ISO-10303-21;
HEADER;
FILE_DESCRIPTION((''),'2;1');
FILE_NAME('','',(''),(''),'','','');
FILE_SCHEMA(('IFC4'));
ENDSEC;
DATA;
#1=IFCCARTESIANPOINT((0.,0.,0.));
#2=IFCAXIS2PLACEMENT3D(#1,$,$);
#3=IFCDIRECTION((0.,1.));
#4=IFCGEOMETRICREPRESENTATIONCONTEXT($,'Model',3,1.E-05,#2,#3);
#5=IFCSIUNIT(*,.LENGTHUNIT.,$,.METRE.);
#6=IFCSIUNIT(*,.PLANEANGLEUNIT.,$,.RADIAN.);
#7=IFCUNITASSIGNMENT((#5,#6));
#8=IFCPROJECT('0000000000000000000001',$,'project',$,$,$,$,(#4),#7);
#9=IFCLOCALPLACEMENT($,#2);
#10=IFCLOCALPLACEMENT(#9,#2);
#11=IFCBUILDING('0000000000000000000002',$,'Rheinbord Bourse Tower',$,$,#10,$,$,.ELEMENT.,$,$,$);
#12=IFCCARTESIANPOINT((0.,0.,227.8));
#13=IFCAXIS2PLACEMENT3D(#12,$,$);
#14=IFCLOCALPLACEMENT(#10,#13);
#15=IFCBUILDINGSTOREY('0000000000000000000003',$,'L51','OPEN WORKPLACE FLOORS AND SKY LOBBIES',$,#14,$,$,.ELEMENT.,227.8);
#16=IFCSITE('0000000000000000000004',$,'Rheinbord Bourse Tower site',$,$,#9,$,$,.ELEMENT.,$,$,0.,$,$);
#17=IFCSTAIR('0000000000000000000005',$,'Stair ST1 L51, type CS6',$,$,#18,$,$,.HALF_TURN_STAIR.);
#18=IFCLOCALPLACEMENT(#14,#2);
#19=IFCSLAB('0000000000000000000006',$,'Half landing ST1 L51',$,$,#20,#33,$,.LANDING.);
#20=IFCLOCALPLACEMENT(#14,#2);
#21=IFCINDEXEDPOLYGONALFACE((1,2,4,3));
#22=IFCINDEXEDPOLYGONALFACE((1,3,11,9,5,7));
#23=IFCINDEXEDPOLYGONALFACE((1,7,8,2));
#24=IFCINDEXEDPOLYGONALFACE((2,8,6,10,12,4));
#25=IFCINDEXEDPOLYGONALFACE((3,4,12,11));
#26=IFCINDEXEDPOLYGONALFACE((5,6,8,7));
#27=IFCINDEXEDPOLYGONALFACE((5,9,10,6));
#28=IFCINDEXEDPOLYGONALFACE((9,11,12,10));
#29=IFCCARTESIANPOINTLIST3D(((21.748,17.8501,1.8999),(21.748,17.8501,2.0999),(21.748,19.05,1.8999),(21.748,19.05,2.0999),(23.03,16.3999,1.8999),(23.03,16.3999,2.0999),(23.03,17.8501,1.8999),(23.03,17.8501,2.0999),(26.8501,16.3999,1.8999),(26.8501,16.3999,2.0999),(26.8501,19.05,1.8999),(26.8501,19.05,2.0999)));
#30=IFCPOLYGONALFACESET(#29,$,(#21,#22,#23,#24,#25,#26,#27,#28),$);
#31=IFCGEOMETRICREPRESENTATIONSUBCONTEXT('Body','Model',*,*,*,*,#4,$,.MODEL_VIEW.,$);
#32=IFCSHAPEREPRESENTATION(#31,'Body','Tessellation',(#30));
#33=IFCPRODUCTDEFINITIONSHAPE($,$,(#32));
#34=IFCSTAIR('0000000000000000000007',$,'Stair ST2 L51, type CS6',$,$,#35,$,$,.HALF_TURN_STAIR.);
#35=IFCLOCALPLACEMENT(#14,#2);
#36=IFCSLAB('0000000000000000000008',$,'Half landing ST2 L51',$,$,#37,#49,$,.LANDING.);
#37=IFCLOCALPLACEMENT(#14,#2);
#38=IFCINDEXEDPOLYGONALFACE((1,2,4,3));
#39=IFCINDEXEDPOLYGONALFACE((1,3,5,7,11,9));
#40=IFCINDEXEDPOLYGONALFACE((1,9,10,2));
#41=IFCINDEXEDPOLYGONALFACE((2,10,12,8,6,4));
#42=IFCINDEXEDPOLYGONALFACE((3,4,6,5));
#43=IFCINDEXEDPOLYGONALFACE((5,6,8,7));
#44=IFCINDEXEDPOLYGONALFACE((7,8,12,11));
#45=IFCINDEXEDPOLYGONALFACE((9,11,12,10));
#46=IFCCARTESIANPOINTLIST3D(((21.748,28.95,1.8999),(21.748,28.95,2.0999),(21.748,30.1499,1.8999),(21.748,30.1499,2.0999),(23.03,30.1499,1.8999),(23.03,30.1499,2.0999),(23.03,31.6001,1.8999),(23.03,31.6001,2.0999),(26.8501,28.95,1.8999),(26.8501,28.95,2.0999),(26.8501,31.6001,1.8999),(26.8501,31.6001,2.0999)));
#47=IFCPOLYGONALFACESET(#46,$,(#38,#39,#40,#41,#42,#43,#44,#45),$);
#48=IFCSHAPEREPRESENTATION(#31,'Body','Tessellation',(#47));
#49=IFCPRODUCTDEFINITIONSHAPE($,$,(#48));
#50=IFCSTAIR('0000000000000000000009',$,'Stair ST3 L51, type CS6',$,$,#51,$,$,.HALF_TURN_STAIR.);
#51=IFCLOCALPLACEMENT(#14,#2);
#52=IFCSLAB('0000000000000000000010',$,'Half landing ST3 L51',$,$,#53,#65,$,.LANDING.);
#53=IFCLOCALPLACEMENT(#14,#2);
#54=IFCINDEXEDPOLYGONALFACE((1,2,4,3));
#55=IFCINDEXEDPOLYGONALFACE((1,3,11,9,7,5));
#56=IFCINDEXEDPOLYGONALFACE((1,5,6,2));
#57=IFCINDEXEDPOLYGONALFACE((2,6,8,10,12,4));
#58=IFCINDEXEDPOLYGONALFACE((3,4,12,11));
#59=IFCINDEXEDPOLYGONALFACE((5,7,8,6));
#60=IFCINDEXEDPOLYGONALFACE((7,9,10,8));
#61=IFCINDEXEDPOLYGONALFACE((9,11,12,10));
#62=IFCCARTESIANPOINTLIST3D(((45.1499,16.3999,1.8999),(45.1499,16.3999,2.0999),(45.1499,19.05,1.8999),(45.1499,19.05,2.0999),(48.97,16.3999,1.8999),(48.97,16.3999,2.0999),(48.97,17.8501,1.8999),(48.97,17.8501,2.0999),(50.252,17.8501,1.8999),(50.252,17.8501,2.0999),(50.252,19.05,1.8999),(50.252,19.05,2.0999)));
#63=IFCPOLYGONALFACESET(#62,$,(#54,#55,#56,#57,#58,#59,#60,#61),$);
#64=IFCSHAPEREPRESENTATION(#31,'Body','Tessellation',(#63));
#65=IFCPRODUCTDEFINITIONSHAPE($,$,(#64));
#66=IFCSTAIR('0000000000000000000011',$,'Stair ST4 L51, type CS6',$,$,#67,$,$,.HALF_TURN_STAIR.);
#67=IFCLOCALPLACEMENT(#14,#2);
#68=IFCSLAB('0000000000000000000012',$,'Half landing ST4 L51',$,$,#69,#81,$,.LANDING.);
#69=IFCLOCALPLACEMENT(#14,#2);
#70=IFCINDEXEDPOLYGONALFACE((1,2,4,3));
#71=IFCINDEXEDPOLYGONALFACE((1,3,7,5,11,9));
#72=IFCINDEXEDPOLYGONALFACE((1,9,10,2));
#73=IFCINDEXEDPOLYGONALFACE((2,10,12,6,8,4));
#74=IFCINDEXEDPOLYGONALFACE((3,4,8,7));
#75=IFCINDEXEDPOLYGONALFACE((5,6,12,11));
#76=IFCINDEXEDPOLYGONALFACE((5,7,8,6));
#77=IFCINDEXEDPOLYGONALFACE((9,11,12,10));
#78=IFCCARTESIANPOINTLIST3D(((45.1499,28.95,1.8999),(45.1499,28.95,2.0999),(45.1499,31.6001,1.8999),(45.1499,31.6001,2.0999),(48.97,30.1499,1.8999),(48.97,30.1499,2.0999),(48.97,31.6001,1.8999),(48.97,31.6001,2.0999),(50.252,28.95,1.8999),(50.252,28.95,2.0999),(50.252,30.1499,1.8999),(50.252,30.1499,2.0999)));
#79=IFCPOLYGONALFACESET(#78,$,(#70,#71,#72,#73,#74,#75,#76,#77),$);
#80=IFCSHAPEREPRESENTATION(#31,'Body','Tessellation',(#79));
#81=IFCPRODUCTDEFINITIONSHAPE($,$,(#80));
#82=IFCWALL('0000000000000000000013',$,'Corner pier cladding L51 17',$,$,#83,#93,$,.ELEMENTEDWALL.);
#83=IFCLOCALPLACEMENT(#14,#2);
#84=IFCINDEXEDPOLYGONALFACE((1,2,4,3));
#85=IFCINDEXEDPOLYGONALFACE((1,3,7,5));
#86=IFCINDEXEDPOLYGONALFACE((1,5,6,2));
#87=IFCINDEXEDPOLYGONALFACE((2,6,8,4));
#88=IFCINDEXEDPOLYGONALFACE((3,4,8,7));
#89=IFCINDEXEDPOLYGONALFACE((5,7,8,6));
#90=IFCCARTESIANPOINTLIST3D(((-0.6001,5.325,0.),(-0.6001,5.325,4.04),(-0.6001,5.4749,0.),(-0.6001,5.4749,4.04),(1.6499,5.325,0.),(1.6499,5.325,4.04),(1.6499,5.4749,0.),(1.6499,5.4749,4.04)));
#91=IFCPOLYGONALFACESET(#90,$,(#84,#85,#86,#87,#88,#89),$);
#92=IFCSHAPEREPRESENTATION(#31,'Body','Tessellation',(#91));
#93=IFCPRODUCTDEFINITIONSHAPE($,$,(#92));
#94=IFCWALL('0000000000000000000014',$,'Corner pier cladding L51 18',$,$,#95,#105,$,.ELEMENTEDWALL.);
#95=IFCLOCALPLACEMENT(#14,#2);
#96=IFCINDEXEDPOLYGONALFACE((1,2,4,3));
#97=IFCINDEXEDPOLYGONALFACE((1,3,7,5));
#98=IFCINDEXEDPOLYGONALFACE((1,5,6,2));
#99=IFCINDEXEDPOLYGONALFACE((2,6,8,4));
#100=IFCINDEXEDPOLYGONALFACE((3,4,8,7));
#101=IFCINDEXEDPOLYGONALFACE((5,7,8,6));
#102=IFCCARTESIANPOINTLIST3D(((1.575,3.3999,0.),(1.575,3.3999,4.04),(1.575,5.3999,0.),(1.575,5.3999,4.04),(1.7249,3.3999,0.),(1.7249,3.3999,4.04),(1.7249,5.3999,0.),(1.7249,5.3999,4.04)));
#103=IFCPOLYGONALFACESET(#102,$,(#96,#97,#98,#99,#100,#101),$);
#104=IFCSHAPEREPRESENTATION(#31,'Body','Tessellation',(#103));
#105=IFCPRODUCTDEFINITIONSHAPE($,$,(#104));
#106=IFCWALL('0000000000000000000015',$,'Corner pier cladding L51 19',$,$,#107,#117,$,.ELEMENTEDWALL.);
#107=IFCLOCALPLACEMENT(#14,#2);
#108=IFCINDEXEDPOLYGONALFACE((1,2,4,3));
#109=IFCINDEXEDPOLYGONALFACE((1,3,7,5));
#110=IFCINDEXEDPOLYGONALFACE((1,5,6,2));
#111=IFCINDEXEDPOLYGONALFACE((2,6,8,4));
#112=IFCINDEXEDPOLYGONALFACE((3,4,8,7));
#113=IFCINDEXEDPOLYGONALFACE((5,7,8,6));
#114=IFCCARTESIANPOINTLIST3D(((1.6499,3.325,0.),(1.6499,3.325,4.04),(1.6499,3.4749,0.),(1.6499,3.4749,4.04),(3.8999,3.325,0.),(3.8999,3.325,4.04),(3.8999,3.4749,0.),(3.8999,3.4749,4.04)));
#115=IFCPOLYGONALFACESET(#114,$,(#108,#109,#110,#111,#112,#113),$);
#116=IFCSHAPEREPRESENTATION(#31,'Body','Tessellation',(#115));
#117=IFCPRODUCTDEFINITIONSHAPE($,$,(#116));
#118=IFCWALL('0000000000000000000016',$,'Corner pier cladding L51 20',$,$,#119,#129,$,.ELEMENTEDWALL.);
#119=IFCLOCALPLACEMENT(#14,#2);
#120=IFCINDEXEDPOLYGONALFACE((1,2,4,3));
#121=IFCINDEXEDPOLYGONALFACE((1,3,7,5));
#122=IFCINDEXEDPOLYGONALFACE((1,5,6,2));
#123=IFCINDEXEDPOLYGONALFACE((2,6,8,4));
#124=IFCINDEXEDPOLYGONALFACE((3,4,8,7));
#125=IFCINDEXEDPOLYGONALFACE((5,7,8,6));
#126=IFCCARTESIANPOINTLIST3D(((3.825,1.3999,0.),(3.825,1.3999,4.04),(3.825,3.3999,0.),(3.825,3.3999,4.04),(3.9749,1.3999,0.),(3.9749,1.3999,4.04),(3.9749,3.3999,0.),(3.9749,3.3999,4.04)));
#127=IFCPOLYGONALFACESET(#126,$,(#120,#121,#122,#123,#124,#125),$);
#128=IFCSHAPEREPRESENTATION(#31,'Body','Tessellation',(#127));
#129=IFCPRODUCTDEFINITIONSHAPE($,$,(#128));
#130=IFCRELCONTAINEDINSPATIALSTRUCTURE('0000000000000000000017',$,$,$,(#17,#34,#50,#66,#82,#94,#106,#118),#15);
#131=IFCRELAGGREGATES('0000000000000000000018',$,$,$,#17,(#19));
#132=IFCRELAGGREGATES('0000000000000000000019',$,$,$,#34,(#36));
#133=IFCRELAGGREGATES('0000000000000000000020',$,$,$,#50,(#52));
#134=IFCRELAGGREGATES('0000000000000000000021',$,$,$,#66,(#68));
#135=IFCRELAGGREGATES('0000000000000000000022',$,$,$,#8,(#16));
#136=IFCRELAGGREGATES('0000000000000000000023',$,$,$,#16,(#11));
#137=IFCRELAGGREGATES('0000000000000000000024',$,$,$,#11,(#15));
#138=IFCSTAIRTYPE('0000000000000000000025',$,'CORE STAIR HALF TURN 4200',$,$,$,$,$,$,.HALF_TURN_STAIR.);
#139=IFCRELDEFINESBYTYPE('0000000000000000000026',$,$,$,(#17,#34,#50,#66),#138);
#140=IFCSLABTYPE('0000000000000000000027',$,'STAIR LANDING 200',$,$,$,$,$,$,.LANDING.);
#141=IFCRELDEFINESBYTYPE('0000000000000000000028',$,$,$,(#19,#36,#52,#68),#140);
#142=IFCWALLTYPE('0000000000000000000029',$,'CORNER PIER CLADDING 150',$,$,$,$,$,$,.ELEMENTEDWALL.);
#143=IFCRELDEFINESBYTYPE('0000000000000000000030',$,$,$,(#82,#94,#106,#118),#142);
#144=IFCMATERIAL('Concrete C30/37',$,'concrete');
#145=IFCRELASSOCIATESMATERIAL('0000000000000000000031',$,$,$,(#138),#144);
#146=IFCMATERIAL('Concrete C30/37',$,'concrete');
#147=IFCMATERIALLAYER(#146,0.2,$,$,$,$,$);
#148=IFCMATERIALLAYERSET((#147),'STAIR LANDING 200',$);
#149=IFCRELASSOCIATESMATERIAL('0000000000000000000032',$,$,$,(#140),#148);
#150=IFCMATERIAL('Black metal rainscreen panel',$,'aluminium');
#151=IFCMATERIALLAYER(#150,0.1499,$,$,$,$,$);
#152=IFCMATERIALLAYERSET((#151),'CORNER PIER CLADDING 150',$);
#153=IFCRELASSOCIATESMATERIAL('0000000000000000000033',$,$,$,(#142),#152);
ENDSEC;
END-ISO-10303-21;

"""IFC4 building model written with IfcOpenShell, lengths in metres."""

from ifc_helpers import new_model, si_unit, direction, frame, frame_2d, origin, place, context, subcontext, project, spatial, polyline, rectangle, outline, extrude, material, layer, layer_set, type_object, element, aggregate, save


model = new_model("IFC4")

# Units and contexts
model_context = context("Model", 3, precision=1e-05, world=origin(), true_north=direction((0.0, 1.0)))
body_context = subcontext(model_context, "Body", "Model", "MODEL_VIEW")
ifc_project = project(units=[si_unit("LENGTHUNIT", "METRE"), si_unit("PLANEANGLEUNIT", "RADIAN")], contexts=[model_context])

# Site, building, storey
site_placement = place(None, origin())
site = spatial("IfcSite", under=ifc_project, at=site_placement, Name="Rheinbord Bourse Tower site", CompositionType="ELEMENT", RefElevation=0.0)
building_placement = place(site_placement, origin())
building = spatial("IfcBuilding", under=site, at=building_placement, Name="Rheinbord Bourse Tower", CompositionType="ELEMENT")
storey_placement = place(building_placement, frame((0.0, 0.0, 227.8)))
storey = spatial("IfcBuildingStorey", under=building, at=storey_placement, Name="L51", Description="OPEN WORKPLACE FLOORS AND SKY LOBBIES", CompositionType="ELEMENT", Elevation=227.8)

# Stairs, slabs
ifc_material_1 = material(Name="Concrete C30/37", Category="concrete")
stair_type = type_object("IfcStairType", Name="CORE STAIR HALF TURN 4200", PredefinedType="HALF_TURN_STAIR", material=ifc_material_1)
stair_1_placement = place(storey_placement, origin())
stair_1 = element("IfcStair", 1, at=stair_1_placement, inside=storey, type_object=stair_type, Name="Stair ST1 L51, type CS6", PredefinedType="HALF_TURN_STAIR")
ifc_material_2 = material(Name="Concrete C30/37", Category="concrete")
ifc_layer_1 = layer(ifc_material_2, 0.2)
ifc_layer_set_1 = layer_set([ifc_layer_1], Name="STAIR LANDING 200")
slab_type_1 = type_object("IfcSlabType", Name="STAIR LANDING 200", PredefinedType="LANDING", material=ifc_layer_set_1)
slab_1_placement = place(storey_placement, frame((0.0, 0.0, 1.8999)))
slab_1 = element("IfcSlab", 2, at=slab_1_placement, type_object=slab_type_1, Name="Half landing ST1 L51", PredefinedType="LANDING", context=body_context, shape_type="SweptSolid", body=[
    extrude(outline(polyline([(23.03, 16.3999), (26.8501, 16.3999), (26.8501, 19.05), (21.748, 19.05), (21.748, 17.8501), (23.03, 17.8501), (23.03, 16.3999)])), origin(), (0.0, 0.0, 1.0), 0.2),
])
aggregate(stair_1, [slab_1])
stair_2_placement = place(storey_placement, origin())
stair_2 = element("IfcStair", 3, at=stair_2_placement, inside=storey, type_object=stair_type, Name="Stair ST2 L51, type CS6", PredefinedType="HALF_TURN_STAIR")
slab_2_placement = place(storey_placement, frame((0.0, 0.0, 1.8999)))
slab_2 = element("IfcSlab", 4, at=slab_2_placement, type_object=slab_type_1, Name="Half landing ST2 L51", PredefinedType="LANDING", context=body_context, shape_type="SweptSolid", body=[
    extrude(outline(polyline([(21.748, 28.95), (26.8501, 28.95), (26.8501, 31.6001), (23.03, 31.6001), (23.03, 30.1499), (21.748, 30.1499), (21.748, 28.95)])), origin(), (0.0, 0.0, 1.0), 0.2),
])
aggregate(stair_2, [slab_2])
stair_3_placement = place(storey_placement, origin())
stair_3 = element("IfcStair", 5, at=stair_3_placement, inside=storey, type_object=stair_type, Name="Stair ST3 L51, type CS6", PredefinedType="HALF_TURN_STAIR")
slab_3_placement = place(storey_placement, frame((0.0, 0.0, 1.8999)))
slab_3 = element("IfcSlab", 6, at=slab_3_placement, type_object=slab_type_1, Name="Half landing ST3 L51", PredefinedType="LANDING", context=body_context, shape_type="SweptSolid", body=[
    extrude(outline(polyline([(45.1499, 16.3999), (48.97, 16.3999), (48.97, 17.8501), (50.252, 17.8501), (50.252, 19.05), (45.1499, 19.05), (45.1499, 16.3999)])), origin(), (0.0, 0.0, 1.0), 0.2),
])
aggregate(stair_3, [slab_3])
stair_4_placement = place(storey_placement, origin())
stair_4 = element("IfcStair", 7, at=stair_4_placement, inside=storey, type_object=stair_type, Name="Stair ST4 L51, type CS6", PredefinedType="HALF_TURN_STAIR")
slab_4_placement = place(storey_placement, frame((0.0, 0.0, 1.8999)))
slab_4 = element("IfcSlab", 8, at=slab_4_placement, type_object=slab_type_1, Name="Half landing ST4 L51", PredefinedType="LANDING", context=body_context, shape_type="SweptSolid", body=[
    extrude(outline(polyline([(45.1499, 28.95), (50.252, 28.95), (50.252, 30.1499), (48.97, 30.1499), (48.97, 31.6001), (45.1499, 31.6001), (45.1499, 28.95)])), origin(), (0.0, 0.0, 1.0), 0.2),
])
aggregate(stair_4, [slab_4])

# Walls
ifc_material_3 = material(Name="Black metal rainscreen panel", Category="aluminium")
ifc_layer_2 = layer(ifc_material_3, 0.1499)
ifc_layer_set_2 = layer_set([ifc_layer_2], Name="CORNER PIER CLADDING 150")
wall_type = type_object("IfcWallType", Name="CORNER PIER CLADDING 150", PredefinedType="ELEMENTEDWALL", material=ifc_layer_set_2)
wall_1_placement = place(storey_placement, frame((-0.6001, 5.3999, 0.0), z_axis=(0.0, 0.0, 1.0), x_axis=(1.0, 0.0, 0.0)))
element("IfcWall", 9, at=wall_1_placement, inside=storey, type_object=wall_type, Name="Corner pier cladding L51 17", PredefinedType="ELEMENTEDWALL", context=body_context, shape_type="SweptSolid", body=[
    extrude(rectangle(XDim=2.25, YDim=0.1499, at=frame_2d((1.125, 0.0))), origin(), (0.0, 0.0, 1.0), 4.04),
])
wall_2_placement = place(storey_placement, frame((1.6499, 5.3999, 0.0), z_axis=(0.0, 0.0, 1.0), x_axis=(0.0, -1.0, 0.0)))
element("IfcWall", 10, at=wall_2_placement, inside=storey, type_object=wall_type, Name="Corner pier cladding L51 18", PredefinedType="ELEMENTEDWALL", context=body_context, shape_type="SweptSolid", body=[
    extrude(rectangle(XDim=2.0, YDim=0.1499, at=frame_2d((1.0, 0.0))), origin(), (0.0, 0.0, 1.0), 4.04),
])
wall_3_placement = place(storey_placement, frame((1.6499, 3.3999, 0.0), z_axis=(0.0, 0.0, 1.0), x_axis=(1.0, 0.0, 0.0)))
element("IfcWall", 11, at=wall_3_placement, inside=storey, type_object=wall_type, Name="Corner pier cladding L51 19", PredefinedType="ELEMENTEDWALL", context=body_context, shape_type="SweptSolid", body=[
    extrude(rectangle(XDim=2.25, YDim=0.1499, at=frame_2d((1.125, 0.0))), origin(), (0.0, 0.0, 1.0), 4.04),
])
wall_4_placement = place(storey_placement, frame((3.8999, 3.3999, 0.0), z_axis=(0.0, 0.0, 1.0), x_axis=(0.0, -1.0, 0.0)))
element("IfcWall", 12, at=wall_4_placement, inside=storey, type_object=wall_type, Name="Corner pier cladding L51 20", PredefinedType="ELEMENTEDWALL", context=body_context, shape_type="SweptSolid", body=[
    extrude(rectangle(XDim=2.0, YDim=0.1499, at=frame_2d((1.0, 0.0))), origin(), (0.0, 0.0, 1.0), 4.04),
])

save(model, "model.ifc")
